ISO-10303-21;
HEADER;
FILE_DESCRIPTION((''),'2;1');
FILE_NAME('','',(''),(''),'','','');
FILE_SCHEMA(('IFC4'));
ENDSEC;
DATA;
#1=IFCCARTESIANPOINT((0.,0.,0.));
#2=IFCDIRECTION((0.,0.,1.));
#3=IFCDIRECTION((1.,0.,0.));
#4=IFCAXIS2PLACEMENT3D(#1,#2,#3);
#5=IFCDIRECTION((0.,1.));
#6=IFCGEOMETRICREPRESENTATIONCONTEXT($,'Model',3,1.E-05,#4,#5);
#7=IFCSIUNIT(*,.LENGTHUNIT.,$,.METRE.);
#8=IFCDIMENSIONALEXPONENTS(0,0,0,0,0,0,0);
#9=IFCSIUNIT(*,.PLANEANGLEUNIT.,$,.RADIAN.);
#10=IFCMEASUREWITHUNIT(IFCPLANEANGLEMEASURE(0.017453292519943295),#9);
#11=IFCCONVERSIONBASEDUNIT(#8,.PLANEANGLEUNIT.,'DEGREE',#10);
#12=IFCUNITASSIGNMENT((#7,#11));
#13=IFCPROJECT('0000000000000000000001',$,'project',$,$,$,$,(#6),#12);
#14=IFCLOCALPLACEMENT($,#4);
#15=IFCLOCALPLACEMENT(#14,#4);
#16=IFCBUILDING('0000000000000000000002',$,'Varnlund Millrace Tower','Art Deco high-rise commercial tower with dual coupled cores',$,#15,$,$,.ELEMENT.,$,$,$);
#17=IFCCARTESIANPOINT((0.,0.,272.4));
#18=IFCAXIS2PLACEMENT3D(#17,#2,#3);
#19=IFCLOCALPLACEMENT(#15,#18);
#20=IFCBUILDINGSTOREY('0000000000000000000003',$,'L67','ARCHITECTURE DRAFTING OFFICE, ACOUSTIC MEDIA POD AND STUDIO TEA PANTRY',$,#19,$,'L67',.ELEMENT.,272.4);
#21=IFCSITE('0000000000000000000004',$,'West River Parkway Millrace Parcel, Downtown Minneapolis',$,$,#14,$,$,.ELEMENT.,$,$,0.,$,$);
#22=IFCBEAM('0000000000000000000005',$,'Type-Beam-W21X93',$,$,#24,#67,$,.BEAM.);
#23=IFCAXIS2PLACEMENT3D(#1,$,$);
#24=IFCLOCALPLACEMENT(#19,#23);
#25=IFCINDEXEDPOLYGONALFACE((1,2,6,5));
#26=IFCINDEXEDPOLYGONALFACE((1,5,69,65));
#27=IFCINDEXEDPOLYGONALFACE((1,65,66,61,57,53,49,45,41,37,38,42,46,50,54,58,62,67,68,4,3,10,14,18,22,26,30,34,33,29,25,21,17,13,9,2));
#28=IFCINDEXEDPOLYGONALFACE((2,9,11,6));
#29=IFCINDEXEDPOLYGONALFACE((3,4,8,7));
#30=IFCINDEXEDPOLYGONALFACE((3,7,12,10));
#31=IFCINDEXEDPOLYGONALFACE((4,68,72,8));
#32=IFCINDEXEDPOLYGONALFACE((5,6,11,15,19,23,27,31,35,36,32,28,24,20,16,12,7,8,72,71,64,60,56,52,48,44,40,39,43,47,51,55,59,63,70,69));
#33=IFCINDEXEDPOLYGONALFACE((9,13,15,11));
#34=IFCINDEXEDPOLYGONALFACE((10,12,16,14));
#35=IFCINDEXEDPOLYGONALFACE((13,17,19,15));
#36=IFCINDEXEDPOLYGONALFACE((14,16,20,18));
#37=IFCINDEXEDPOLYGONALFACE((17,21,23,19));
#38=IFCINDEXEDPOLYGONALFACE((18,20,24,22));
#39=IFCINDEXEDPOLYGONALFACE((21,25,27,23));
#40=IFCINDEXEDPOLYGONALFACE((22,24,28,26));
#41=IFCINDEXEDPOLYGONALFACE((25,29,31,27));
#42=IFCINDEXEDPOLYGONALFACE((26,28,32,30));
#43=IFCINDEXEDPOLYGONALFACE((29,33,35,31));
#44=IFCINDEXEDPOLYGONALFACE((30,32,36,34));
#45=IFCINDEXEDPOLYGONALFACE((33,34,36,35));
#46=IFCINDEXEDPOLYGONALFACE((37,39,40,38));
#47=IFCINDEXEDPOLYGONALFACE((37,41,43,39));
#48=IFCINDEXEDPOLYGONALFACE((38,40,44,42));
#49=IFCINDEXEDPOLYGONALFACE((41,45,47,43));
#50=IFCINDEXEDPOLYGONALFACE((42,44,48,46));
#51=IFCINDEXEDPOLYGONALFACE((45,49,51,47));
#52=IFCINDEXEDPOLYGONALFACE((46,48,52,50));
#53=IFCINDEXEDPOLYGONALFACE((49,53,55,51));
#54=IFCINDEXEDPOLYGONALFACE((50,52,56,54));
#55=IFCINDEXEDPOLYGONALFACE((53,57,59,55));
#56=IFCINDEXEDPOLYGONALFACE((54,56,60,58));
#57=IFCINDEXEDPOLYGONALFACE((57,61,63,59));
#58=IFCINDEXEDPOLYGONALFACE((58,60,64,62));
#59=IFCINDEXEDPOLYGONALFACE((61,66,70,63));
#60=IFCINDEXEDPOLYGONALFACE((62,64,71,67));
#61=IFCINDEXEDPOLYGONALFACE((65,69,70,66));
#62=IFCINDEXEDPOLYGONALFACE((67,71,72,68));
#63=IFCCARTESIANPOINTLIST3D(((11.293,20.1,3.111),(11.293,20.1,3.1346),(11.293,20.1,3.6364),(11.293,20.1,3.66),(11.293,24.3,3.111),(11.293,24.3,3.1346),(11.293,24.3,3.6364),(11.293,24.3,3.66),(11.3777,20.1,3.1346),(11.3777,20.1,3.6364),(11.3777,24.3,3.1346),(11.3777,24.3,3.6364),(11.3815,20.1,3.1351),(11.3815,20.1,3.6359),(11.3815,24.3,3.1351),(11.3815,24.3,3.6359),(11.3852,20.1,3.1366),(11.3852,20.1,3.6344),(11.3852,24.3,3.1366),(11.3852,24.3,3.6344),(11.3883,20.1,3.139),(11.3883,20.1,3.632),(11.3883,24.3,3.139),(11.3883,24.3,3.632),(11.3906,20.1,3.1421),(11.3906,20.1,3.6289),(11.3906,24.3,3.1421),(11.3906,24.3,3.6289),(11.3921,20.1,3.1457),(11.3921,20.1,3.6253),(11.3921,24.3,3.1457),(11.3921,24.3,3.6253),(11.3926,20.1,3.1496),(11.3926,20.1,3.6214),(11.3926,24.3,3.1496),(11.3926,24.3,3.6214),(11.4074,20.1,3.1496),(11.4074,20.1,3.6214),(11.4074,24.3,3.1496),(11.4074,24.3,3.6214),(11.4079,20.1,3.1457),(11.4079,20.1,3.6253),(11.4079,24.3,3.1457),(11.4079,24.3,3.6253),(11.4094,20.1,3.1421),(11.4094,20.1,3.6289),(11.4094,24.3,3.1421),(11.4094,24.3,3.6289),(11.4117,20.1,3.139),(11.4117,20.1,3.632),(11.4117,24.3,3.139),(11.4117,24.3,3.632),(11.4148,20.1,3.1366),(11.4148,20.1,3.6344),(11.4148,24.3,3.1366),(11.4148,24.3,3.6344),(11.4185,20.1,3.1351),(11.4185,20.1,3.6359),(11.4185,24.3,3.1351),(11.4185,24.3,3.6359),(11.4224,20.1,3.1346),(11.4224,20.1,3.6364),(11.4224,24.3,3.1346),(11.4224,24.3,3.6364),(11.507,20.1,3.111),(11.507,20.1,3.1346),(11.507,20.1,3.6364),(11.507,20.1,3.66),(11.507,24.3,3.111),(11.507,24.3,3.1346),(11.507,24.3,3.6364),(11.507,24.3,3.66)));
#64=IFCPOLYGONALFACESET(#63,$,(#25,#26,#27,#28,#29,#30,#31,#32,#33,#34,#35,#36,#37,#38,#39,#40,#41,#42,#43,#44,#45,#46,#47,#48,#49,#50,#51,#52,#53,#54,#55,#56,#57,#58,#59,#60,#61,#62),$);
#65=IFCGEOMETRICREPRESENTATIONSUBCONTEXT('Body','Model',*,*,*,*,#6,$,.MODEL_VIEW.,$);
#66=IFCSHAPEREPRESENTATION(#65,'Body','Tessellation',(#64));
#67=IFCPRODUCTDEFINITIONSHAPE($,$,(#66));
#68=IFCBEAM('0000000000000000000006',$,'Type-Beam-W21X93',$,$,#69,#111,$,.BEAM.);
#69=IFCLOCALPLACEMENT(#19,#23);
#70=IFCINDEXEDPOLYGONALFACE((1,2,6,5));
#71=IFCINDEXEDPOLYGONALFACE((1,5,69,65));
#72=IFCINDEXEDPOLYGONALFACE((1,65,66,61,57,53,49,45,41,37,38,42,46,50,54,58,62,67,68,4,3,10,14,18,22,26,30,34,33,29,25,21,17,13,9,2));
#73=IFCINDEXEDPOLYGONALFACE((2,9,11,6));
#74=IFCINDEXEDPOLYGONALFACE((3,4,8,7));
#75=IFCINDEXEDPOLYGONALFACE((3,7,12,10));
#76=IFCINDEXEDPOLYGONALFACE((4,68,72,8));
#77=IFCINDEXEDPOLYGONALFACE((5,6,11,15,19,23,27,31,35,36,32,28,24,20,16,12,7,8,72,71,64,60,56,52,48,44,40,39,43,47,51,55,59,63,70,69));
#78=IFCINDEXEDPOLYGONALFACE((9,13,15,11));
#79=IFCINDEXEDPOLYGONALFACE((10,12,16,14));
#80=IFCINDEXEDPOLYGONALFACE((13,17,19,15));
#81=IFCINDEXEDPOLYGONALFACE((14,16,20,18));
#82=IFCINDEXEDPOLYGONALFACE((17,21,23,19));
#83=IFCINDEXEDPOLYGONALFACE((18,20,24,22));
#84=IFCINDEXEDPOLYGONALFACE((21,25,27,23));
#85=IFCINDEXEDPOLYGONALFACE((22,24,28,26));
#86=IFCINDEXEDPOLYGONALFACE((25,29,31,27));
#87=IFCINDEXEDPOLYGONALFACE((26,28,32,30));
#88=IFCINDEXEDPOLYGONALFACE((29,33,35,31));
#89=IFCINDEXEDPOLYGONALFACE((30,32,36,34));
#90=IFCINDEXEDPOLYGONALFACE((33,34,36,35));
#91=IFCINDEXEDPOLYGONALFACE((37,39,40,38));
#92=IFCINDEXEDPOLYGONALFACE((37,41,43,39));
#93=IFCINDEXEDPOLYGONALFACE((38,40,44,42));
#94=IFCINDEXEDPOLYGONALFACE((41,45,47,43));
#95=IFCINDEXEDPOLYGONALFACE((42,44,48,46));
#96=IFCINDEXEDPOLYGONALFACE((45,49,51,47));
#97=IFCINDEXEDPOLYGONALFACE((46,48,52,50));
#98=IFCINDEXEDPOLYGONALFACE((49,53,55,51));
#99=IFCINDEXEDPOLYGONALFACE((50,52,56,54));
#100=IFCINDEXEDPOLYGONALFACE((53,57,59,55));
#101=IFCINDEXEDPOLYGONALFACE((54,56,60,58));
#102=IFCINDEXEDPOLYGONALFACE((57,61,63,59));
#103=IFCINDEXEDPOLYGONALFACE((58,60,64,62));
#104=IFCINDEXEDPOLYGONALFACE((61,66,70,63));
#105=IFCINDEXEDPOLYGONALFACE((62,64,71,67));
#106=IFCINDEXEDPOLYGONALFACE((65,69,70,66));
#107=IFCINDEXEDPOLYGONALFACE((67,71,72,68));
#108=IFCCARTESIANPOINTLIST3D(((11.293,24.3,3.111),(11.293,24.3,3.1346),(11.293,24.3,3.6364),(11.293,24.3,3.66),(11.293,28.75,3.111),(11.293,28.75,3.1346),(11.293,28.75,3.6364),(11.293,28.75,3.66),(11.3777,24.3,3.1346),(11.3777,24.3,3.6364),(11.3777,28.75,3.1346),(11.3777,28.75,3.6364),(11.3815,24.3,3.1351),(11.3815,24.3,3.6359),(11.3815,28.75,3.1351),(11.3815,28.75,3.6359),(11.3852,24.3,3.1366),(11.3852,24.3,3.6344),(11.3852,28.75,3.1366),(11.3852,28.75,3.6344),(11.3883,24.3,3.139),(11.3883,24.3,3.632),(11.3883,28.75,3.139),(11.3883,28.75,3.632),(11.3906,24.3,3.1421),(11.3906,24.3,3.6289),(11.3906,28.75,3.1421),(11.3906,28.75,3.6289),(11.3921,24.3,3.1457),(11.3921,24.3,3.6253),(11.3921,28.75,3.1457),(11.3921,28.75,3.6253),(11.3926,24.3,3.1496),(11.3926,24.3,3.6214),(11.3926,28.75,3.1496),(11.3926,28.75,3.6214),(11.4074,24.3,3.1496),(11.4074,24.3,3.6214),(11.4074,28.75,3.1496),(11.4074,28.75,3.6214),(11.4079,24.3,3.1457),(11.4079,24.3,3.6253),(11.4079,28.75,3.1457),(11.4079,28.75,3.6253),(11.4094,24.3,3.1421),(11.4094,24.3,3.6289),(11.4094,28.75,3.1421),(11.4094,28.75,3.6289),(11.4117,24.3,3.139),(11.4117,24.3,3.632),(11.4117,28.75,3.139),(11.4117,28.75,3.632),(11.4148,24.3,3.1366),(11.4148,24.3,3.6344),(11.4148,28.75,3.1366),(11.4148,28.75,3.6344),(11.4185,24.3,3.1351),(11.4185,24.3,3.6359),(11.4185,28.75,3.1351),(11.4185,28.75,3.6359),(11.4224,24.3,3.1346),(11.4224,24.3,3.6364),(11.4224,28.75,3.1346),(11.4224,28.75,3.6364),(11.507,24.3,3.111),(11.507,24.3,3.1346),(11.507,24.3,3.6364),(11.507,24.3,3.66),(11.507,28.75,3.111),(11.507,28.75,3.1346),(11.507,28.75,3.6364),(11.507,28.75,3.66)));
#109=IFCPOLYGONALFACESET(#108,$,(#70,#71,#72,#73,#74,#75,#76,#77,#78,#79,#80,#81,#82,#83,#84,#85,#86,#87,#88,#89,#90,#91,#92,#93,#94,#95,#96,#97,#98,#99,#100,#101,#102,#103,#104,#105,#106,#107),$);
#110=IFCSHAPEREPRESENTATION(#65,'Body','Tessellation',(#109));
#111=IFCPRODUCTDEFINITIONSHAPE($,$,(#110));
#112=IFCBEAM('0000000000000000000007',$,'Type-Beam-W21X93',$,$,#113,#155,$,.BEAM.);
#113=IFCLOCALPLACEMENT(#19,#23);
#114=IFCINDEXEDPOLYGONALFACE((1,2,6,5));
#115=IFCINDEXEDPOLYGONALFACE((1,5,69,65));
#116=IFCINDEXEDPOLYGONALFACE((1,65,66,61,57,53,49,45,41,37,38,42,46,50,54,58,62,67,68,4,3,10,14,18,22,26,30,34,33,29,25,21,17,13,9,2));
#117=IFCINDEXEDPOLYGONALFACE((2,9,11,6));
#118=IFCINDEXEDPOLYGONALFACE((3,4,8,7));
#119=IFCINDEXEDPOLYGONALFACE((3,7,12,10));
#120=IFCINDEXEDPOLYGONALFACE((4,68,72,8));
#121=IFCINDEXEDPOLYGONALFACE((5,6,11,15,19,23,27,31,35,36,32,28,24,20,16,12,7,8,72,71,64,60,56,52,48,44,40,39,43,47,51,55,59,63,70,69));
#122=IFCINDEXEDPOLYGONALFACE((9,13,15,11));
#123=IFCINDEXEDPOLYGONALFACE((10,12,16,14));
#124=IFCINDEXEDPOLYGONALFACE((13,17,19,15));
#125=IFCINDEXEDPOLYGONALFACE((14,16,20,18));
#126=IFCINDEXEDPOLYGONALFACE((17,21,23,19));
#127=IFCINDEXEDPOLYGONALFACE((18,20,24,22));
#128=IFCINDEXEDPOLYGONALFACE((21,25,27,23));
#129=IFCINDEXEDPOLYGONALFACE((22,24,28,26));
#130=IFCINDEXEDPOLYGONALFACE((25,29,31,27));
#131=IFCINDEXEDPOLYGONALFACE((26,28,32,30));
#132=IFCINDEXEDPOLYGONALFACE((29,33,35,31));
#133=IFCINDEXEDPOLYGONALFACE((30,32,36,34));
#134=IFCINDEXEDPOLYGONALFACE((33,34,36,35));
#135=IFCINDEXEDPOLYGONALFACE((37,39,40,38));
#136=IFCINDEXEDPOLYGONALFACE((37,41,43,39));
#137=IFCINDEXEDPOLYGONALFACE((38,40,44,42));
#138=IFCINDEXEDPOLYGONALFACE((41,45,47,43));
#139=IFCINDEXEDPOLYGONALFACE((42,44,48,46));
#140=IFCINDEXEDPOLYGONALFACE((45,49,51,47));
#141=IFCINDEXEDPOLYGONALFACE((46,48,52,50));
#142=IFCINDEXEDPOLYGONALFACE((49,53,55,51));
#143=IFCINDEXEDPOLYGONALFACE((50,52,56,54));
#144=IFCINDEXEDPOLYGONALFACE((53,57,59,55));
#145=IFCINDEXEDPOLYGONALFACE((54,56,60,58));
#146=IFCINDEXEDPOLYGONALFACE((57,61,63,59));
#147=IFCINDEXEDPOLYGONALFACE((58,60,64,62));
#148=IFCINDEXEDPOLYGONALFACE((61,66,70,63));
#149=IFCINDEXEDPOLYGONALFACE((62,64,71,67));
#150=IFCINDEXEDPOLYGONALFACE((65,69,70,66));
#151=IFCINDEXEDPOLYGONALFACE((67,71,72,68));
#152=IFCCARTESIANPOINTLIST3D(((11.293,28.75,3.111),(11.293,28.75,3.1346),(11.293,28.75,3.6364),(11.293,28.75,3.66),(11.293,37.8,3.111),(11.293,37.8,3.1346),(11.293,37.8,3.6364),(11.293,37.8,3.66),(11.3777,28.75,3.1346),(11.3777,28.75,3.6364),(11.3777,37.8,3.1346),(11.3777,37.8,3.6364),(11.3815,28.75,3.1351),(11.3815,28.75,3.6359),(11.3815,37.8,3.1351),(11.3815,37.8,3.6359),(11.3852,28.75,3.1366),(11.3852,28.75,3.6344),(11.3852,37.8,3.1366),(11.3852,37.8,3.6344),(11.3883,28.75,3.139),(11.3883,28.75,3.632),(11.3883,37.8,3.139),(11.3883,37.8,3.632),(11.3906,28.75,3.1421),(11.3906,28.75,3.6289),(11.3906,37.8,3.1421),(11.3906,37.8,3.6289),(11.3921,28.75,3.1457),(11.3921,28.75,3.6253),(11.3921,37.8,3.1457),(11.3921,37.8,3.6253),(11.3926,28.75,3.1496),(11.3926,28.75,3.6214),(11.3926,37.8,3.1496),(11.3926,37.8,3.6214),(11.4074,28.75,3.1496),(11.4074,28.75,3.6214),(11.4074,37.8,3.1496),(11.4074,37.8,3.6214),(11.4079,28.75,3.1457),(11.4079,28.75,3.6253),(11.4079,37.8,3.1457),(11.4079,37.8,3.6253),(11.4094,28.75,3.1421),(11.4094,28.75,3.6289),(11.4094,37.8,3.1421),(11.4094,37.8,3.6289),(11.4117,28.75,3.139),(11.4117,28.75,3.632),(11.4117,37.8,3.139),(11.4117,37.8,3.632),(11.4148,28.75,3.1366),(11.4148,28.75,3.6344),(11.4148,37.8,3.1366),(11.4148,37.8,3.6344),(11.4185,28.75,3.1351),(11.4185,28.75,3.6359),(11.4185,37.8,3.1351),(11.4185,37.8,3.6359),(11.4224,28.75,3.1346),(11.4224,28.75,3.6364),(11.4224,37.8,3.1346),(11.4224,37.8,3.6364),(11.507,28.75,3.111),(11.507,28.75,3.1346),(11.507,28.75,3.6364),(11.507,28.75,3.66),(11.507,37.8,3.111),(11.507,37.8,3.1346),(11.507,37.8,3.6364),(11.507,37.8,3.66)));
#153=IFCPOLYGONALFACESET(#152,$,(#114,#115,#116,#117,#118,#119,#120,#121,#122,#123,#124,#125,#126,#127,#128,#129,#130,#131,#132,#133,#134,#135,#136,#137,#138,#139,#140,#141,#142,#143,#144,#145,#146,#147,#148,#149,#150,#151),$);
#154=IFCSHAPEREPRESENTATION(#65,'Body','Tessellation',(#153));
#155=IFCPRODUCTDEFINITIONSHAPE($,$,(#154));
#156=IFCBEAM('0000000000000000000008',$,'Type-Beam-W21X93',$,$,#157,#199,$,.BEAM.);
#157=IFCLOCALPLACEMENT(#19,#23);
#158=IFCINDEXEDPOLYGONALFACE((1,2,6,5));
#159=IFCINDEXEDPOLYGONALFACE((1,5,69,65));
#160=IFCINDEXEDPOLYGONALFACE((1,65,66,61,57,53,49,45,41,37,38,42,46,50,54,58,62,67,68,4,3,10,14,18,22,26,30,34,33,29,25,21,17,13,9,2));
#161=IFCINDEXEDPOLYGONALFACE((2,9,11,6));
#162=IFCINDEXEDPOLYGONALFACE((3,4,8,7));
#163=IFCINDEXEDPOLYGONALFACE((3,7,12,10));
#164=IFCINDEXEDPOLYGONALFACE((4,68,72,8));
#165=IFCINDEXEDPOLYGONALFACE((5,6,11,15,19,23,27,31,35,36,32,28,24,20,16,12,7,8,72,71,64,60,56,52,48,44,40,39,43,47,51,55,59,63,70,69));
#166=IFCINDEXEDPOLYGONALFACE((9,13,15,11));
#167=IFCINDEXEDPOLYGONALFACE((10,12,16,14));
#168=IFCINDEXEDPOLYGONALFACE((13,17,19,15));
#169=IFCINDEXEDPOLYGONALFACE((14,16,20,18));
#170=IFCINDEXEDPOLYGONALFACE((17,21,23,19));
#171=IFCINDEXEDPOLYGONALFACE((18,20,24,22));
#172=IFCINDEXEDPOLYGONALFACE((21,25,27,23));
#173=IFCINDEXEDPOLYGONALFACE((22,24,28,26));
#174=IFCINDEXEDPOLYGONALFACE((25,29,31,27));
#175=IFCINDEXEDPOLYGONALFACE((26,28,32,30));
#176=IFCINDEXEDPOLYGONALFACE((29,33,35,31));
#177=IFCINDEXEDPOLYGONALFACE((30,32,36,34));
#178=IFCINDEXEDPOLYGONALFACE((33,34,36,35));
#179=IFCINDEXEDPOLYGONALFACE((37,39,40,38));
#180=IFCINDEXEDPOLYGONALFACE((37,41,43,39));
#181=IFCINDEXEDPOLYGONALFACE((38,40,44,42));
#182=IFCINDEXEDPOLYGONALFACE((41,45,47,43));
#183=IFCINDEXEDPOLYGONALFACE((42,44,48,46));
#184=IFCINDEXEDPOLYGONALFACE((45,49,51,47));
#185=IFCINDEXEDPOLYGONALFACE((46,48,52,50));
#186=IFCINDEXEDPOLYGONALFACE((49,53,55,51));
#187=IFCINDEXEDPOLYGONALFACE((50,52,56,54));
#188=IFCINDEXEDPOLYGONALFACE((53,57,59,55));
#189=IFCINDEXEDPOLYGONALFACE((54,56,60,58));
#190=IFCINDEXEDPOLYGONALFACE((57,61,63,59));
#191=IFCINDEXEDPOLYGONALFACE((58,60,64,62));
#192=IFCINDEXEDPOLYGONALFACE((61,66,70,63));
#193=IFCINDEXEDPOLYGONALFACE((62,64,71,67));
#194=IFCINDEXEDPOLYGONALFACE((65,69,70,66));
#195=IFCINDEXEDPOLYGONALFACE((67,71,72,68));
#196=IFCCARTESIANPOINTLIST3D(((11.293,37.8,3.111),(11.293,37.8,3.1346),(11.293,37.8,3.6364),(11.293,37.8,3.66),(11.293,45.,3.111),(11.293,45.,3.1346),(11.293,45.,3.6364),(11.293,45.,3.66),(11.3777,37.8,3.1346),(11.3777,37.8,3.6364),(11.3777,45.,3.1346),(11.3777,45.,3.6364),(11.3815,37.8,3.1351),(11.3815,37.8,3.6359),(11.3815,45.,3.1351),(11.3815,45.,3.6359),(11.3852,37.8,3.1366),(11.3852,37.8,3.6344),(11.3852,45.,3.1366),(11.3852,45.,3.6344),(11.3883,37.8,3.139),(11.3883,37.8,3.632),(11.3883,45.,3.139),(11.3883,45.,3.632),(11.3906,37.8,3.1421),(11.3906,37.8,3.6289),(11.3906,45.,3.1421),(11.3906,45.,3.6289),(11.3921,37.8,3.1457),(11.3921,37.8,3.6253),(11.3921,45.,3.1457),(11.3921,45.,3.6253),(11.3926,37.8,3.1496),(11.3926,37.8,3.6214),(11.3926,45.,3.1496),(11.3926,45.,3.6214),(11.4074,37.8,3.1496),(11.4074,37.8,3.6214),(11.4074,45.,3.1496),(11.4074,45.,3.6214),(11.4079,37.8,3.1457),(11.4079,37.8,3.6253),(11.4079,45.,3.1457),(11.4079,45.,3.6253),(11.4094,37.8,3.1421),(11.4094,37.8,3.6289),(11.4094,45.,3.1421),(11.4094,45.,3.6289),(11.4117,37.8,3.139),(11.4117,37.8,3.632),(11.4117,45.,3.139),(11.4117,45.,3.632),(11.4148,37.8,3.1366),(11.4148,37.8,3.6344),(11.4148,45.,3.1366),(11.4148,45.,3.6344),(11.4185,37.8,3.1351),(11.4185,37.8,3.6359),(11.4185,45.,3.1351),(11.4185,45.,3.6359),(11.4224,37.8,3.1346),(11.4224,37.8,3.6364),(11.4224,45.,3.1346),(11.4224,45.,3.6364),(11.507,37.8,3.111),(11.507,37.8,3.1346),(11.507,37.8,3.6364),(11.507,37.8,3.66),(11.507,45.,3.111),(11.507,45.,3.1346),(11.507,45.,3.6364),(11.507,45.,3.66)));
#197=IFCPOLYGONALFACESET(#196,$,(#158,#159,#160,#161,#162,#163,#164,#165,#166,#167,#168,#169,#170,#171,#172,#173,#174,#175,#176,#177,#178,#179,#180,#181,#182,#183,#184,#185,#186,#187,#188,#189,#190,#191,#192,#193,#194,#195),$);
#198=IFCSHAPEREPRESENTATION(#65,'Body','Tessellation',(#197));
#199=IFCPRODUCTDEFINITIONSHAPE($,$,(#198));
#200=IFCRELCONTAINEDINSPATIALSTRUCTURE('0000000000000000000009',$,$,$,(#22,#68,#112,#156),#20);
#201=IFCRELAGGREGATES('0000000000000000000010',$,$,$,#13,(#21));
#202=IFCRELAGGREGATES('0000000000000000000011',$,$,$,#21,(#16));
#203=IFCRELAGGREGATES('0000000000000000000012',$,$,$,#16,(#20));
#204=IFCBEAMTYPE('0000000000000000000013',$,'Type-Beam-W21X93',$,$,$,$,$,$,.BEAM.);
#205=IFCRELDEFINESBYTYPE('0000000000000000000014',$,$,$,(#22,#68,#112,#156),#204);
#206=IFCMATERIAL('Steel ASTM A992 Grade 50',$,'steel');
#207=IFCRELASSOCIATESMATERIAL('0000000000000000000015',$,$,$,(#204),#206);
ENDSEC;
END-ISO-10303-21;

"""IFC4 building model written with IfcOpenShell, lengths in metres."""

from ifc_helpers import new_model, entity, si_unit, converted_unit, direction, frame, origin_with_axes, origin_2d_with_axis, place, context, subcontext, project, spatial, i_section, extrude, material, material_profile, profile_set, type_object, element, save


model = new_model("IFC4")

# Units and contexts
model_context = context("Model", 3, precision=1e-05, world=origin_with_axes(), true_north=direction((0.0, 1.0)))
body_context = subcontext(model_context, "Body", "Model", "MODEL_VIEW")
ifc_project = project(units=[si_unit("LENGTHUNIT", "METRE"), converted_unit("PLANEANGLEUNIT", "DEGREE", entity("IfcPlaneAngleMeasure", 0.017453292519943295), si_unit("PLANEANGLEUNIT", "RADIAN"), dimensions=[0, 0, 0, 0, 0, 0, 0])], contexts=[model_context])

# Site, building, storey
site_placement = place(None, origin_with_axes())
site = spatial("IfcSite", under=ifc_project, at=site_placement, Name="West River Parkway Millrace Parcel, Downtown Minneapolis", CompositionType="ELEMENT", RefElevation=0.0)
building_placement = place(site_placement, origin_with_axes())
building = spatial("IfcBuilding", under=site, at=building_placement, Name="Varnlund Millrace Tower", Description="Art Deco high-rise commercial tower with dual coupled cores", CompositionType="ELEMENT")
storey_placement = place(building_placement, frame((0.0, 0.0, 272.4), z_axis=(0.0, 0.0, 1.0), x_axis=(1.0, 0.0, 0.0)))
storey = spatial("IfcBuildingStorey", under=building, at=storey_placement, Name="L67", Description="ARCHITECTURE DRAFTING OFFICE, ACOUSTIC MEDIA POD AND STUDIO TEA PANTRY", LongName="L67", CompositionType="ELEMENT", Elevation=272.4)

# Beams
ifc_material_1 = material(Name="Steel ASTM A992 Grade 50", Category="steel")
ifc_material_profile_1 = material_profile(ifc_material_1, i_section(OverallWidth=0.214, OverallDepth=0.549, WebThickness=0.0147, FlangeThickness=0.0236, FilletRadius=0.015, at=origin_2d_with_axis()), Name="Steel ASTM A992 Grade 50")
ifc_profile_set_1 = profile_set([ifc_material_profile_1], Name="Steel ASTM A992 Grade 50")
beam_type_1 = type_object("IfcBeamType", Name="Type-Beam-W21X93", PredefinedType="BEAM", material=ifc_profile_set_1)
beam_1_placement = place(storey_placement, frame((11.4, 20.1, 3.3855), z_axis=(0.0, 1.0, 0.0), x_axis=(-1.0, 0.0, 0.0)))
element("IfcBeam", 1, at=beam_1_placement, inside=storey, type_object=beam_type_1, Name="Type-Beam-W21X93", PredefinedType="BEAM", context=body_context, shape_type="SweptSolid", body=[
    extrude(i_section(OverallWidth=0.214, OverallDepth=0.549, WebThickness=0.0147, FlangeThickness=0.0236, FilletRadius=0.015, at=origin_2d_with_axis()), origin_with_axes(), (0.0, 0.0, 1.0), 4.2),
])
beam_2_placement = place(storey_placement, frame((11.4, 24.3, 3.3855), z_axis=(0.0, 1.0, 0.0), x_axis=(-1.0, 0.0, 0.0)))
element("IfcBeam", 2, at=beam_2_placement, inside=storey, type_object=beam_type_1, Name="Type-Beam-W21X93", PredefinedType="BEAM", context=body_context, shape_type="SweptSolid", body=[
    extrude(i_section(OverallWidth=0.214, OverallDepth=0.549, WebThickness=0.0147, FlangeThickness=0.0236, FilletRadius=0.015, at=origin_2d_with_axis()), origin_with_axes(), (0.0, 0.0, 1.0), 4.45),
])
beam_3_placement = place(storey_placement, frame((11.4, 28.75, 3.3855), z_axis=(0.0, 1.0, 0.0), x_axis=(-1.0, 0.0, 0.0)))
element("IfcBeam", 3, at=beam_3_placement, inside=storey, type_object=beam_type_1, Name="Type-Beam-W21X93", PredefinedType="BEAM", context=body_context, shape_type="SweptSolid", body=[
    extrude(i_section(OverallWidth=0.214, OverallDepth=0.549, WebThickness=0.0147, FlangeThickness=0.0236, FilletRadius=0.015, at=origin_2d_with_axis()), origin_with_axes(), (0.0, 0.0, 1.0), 9.05),
])
beam_4_placement = place(storey_placement, frame((11.4, 37.8, 3.3855), z_axis=(0.0, 1.0, 0.0), x_axis=(-1.0, 0.0, 0.0)))
element("IfcBeam", 4, at=beam_4_placement, inside=storey, type_object=beam_type_1, Name="Type-Beam-W21X93", PredefinedType="BEAM", context=body_context, shape_type="SweptSolid", body=[
    extrude(i_section(OverallWidth=0.214, OverallDepth=0.549, WebThickness=0.0147, FlangeThickness=0.0236, FilletRadius=0.015, at=origin_2d_with_axis()), origin_with_axes(), (0.0, 0.0, 1.0), 7.2),
])

save(model, "model.ifc")
